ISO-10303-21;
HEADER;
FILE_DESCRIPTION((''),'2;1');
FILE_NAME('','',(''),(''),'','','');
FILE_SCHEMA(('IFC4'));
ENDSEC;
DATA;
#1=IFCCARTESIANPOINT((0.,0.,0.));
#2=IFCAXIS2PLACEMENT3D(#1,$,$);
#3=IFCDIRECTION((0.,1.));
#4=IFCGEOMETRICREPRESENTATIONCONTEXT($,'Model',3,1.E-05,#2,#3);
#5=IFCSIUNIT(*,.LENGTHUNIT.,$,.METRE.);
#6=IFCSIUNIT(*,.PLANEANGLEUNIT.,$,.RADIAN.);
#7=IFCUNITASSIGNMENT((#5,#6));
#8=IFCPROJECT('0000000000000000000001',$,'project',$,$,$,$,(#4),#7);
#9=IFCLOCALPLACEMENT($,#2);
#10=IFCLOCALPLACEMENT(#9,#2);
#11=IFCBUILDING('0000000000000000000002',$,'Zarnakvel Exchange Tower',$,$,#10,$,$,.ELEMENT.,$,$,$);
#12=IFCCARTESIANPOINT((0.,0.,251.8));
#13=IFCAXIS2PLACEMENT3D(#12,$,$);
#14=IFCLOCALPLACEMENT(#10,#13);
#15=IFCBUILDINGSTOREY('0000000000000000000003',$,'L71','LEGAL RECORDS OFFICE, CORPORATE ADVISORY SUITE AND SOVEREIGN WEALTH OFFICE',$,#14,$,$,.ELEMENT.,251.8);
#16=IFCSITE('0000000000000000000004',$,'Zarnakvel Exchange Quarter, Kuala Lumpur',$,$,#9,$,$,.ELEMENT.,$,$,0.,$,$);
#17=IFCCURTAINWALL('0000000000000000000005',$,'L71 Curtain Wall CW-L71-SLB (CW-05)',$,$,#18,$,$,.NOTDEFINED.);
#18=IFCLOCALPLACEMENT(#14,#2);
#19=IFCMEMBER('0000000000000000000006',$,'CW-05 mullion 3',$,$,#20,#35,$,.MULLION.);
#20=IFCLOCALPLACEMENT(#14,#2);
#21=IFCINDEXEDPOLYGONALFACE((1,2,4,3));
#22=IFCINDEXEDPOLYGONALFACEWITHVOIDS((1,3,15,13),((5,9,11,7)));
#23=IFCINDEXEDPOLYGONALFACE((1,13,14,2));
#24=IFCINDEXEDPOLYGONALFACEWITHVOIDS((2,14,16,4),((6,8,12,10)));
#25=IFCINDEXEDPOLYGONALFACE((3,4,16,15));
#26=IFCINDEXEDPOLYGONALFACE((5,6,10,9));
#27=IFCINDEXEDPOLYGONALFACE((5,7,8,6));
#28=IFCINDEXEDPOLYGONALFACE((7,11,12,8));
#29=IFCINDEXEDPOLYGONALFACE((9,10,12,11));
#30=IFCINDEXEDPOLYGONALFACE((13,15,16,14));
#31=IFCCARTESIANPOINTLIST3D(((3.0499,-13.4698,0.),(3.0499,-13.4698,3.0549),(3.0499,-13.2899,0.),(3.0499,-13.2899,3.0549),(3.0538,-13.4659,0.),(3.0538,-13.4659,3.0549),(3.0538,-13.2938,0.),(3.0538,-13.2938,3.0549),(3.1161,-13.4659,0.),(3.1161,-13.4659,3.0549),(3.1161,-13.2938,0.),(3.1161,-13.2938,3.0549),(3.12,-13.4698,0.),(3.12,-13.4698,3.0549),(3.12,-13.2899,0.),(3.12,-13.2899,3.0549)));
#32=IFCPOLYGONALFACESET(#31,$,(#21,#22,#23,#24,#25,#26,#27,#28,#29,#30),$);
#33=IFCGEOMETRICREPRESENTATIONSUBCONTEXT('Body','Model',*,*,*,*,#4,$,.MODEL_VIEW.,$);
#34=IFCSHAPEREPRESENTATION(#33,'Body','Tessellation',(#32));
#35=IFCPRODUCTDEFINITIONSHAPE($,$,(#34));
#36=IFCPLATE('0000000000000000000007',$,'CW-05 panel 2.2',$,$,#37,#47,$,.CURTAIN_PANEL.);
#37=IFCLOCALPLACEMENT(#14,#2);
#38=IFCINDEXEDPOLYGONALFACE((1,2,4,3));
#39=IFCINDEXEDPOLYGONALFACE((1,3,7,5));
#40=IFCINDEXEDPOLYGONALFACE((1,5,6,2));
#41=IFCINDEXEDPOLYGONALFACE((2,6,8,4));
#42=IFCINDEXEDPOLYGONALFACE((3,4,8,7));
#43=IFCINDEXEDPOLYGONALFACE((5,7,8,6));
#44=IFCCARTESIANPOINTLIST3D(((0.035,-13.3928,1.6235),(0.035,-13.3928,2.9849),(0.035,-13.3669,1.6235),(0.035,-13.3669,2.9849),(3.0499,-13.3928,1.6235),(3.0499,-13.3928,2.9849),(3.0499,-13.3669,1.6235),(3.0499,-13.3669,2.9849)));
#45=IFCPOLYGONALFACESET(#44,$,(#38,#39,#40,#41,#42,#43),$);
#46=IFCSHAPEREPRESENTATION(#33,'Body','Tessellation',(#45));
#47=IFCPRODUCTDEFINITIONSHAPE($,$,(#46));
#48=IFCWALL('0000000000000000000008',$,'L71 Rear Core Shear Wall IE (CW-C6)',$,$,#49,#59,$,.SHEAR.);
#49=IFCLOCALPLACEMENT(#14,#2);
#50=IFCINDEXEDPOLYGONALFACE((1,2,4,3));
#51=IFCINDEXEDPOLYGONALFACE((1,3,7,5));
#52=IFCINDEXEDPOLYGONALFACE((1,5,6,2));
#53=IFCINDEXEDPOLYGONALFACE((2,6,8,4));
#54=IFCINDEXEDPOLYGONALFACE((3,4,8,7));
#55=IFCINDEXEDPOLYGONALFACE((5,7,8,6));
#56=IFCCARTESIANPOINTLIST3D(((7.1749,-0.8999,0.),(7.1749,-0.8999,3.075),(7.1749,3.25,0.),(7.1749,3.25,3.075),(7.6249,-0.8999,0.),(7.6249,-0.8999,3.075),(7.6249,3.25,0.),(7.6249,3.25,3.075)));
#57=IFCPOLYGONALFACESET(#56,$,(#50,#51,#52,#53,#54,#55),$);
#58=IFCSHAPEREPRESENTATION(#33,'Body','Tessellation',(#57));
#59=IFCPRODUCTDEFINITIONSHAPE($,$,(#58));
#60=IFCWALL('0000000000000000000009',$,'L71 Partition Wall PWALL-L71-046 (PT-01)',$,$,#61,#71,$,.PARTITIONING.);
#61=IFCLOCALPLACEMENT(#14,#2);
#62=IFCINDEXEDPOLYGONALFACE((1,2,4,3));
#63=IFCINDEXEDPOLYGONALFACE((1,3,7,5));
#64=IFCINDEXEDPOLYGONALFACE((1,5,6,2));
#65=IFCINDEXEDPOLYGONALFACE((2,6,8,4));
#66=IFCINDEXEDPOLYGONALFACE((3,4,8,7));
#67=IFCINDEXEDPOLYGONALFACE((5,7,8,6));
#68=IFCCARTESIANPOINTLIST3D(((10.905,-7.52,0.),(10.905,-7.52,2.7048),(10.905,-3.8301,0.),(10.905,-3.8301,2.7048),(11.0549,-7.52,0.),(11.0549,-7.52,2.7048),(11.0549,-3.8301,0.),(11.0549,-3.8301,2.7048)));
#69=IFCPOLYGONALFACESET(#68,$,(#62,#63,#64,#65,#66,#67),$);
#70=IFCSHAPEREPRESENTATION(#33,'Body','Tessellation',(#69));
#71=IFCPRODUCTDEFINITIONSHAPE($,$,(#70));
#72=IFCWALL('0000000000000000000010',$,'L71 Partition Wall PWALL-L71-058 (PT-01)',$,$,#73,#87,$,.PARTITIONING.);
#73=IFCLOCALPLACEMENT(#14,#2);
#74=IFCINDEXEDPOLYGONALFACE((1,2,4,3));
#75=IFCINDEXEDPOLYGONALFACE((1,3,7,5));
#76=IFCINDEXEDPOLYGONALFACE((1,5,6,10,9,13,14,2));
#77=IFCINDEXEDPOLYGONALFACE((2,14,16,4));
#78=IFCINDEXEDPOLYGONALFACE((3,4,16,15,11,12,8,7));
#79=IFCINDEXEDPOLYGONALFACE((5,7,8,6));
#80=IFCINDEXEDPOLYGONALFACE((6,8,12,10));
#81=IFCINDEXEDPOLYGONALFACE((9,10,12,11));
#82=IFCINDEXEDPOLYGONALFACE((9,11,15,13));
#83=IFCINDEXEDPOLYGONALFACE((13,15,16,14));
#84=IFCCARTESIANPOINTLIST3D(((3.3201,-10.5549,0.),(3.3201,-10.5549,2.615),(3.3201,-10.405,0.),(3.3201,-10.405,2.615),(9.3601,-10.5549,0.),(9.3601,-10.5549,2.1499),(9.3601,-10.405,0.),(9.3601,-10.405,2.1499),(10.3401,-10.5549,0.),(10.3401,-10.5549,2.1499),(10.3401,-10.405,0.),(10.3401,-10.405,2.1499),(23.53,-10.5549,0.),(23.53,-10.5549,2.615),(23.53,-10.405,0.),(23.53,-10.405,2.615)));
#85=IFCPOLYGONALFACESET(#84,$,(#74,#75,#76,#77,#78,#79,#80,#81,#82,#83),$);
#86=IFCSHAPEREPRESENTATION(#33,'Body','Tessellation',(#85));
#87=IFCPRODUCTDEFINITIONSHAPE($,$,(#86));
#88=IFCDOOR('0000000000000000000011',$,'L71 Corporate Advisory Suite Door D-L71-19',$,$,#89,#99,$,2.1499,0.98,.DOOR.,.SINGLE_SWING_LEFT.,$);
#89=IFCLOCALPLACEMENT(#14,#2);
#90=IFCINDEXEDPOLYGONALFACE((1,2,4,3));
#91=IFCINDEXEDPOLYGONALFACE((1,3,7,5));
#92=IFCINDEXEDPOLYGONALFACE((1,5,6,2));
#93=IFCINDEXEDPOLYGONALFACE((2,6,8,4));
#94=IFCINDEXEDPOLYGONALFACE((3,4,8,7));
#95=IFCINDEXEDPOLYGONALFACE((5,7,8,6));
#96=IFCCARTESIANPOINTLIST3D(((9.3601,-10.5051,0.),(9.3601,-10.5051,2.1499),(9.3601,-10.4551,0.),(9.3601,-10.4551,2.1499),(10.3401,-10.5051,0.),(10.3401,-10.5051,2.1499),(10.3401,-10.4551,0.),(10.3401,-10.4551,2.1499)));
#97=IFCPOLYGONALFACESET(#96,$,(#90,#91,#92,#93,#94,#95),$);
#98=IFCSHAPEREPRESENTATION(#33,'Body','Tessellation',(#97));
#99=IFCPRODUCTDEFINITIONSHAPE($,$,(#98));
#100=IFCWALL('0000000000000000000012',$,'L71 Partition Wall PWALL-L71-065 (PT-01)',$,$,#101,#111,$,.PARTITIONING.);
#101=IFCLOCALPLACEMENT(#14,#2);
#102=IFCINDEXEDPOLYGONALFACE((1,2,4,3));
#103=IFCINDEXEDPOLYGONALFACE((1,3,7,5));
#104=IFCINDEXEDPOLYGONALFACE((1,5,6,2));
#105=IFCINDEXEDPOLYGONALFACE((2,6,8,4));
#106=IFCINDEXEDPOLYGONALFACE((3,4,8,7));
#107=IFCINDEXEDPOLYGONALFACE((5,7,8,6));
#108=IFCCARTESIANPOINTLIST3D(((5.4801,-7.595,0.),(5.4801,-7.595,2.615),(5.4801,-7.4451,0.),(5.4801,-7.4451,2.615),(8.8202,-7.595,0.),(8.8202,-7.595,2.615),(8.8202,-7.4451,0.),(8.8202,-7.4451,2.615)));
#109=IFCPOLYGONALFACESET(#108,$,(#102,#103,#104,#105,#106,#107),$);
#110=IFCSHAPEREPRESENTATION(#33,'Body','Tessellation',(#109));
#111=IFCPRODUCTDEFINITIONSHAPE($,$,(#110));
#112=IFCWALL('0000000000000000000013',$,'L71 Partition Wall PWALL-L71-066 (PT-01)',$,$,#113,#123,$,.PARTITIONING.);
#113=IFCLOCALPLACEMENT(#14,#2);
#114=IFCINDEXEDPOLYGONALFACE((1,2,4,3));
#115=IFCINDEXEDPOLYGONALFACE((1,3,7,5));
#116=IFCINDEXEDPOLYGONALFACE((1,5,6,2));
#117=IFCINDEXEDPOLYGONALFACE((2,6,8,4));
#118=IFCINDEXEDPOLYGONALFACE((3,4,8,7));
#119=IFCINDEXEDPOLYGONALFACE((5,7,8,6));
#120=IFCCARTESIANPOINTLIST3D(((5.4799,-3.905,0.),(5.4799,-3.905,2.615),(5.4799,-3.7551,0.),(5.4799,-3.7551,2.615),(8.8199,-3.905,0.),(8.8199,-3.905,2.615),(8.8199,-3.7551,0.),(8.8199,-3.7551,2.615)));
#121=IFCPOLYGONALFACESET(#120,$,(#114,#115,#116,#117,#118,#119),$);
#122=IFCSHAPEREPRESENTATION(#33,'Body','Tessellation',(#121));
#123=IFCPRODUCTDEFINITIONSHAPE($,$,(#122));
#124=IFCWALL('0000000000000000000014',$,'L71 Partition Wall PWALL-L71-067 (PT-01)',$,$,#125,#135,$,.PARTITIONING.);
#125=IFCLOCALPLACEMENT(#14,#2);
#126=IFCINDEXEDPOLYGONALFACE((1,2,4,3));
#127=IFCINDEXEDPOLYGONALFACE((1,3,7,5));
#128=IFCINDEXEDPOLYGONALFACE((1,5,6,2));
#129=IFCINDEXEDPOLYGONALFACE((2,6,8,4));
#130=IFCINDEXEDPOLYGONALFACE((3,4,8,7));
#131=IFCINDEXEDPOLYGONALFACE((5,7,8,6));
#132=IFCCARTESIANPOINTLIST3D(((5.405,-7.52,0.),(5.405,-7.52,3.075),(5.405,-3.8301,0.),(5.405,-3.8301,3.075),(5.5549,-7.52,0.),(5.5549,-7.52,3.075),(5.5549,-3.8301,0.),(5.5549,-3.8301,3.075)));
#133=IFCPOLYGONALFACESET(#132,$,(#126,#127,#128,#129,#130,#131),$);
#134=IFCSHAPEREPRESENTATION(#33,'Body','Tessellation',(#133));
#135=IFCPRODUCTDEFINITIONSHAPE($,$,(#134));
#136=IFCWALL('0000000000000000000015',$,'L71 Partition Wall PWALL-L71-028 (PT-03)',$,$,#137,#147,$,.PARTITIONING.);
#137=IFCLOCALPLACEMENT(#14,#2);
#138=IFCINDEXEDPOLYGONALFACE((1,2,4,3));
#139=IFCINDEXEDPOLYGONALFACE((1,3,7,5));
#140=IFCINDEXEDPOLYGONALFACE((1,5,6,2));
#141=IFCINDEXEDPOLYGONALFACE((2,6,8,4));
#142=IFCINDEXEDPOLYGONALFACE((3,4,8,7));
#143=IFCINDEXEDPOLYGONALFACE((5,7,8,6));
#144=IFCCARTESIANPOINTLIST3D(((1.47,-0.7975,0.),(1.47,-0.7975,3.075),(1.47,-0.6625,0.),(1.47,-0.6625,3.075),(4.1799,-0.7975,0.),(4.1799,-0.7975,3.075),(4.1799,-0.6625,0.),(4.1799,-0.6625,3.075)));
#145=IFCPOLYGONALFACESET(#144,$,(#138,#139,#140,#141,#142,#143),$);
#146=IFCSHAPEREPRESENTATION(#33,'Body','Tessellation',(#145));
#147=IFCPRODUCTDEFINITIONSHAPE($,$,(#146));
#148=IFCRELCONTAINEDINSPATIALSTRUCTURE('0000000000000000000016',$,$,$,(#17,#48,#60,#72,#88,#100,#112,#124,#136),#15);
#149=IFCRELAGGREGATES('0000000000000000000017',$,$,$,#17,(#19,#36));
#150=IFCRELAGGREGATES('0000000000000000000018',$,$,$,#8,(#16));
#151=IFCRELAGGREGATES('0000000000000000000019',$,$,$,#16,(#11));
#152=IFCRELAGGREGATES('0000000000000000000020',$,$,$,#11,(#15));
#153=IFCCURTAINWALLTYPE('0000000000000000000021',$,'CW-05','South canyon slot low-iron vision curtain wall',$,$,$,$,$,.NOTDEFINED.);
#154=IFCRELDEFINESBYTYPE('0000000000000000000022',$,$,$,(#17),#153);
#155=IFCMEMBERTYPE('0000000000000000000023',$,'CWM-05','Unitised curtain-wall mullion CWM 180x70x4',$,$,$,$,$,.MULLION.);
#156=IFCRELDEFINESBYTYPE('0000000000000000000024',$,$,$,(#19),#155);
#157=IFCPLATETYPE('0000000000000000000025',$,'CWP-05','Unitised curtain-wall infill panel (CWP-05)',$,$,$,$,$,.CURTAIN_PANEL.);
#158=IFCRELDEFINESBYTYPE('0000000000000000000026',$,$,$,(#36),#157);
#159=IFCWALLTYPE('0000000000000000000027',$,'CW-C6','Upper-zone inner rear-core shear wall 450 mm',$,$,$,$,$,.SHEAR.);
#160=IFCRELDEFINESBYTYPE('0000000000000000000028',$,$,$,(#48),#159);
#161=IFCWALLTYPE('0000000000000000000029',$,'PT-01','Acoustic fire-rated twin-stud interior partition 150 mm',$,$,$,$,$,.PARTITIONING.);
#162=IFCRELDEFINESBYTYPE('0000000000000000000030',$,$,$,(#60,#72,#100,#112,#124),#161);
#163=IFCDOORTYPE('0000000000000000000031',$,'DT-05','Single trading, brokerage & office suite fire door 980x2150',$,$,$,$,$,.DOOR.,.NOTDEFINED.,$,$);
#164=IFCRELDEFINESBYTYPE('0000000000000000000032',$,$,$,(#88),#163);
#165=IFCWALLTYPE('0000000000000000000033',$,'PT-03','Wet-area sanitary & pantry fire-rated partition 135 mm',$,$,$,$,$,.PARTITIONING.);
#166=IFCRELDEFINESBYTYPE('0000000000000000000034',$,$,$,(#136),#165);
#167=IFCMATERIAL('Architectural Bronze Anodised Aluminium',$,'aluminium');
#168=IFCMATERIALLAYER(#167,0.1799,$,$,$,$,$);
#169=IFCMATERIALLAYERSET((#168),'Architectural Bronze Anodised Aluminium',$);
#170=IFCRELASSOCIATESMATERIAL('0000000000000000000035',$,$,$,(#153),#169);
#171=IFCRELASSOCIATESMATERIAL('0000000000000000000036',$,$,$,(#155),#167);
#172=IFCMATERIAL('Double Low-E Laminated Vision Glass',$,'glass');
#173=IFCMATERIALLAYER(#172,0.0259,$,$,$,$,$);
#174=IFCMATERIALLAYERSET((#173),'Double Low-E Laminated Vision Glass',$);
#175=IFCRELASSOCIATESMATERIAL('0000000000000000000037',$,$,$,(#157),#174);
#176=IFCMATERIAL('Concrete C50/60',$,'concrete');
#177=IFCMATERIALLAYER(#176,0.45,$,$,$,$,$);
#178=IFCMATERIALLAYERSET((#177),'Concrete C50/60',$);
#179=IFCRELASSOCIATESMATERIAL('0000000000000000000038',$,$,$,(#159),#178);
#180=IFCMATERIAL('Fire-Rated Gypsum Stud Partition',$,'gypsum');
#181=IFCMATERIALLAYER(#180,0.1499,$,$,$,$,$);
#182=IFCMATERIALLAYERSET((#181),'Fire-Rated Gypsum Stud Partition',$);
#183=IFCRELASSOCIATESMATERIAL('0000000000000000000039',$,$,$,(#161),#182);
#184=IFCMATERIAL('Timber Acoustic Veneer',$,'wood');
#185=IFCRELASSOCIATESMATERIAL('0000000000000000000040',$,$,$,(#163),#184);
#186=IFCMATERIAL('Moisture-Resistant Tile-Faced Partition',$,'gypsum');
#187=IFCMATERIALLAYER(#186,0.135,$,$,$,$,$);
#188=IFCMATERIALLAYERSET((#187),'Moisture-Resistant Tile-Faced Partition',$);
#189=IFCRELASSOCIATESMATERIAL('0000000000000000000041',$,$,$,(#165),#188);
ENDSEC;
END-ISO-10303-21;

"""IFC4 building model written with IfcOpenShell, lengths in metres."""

from ifc_helpers import new_model, si_unit, direction, frame, frame_2d, origin, origin_2d, place, context, subcontext, project, spatial, rectangle, hollow_rectangle, extrude, source, transform, mapped, material, layer, layer_set, material_profile, profile_set, type_object, element, fill, aggregate, save


model = new_model("IFC4")

# Units and contexts
model_context = context("Model", 3, precision=1e-05, world=origin(), true_north=direction((0.0, 1.0)))
body_context = subcontext(model_context, "Body", "Model", "MODEL_VIEW")
ifc_project = project(units=[si_unit("LENGTHUNIT", "METRE"), si_unit("PLANEANGLEUNIT", "RADIAN")], contexts=[model_context])

# Site, building, storey
site_placement = place(None, origin())
site = spatial("IfcSite", under=ifc_project, at=site_placement, Name="Zarnakvel Exchange Quarter, Kuala Lumpur", CompositionType="ELEMENT", RefElevation=0.0)
building_placement = place(site_placement, origin())
building = spatial("IfcBuilding", under=site, at=building_placement, Name="Zarnakvel Exchange Tower", CompositionType="ELEMENT")
storey_placement = place(building_placement, frame((0.0, 0.0, 251.8)))
storey = spatial("IfcBuildingStorey", under=building, at=storey_placement, Name="L71", Description="LEGAL RECORDS OFFICE, CORPORATE ADVISORY SUITE AND SOVEREIGN WEALTH OFFICE", CompositionType="ELEMENT", Elevation=251.8)

# Shared definitions
ifc_material_1 = material(Name="Concrete C50/60", Category="concrete")

# Curtain wall, member, plate
ifc_material_2 = material(Name="Architectural Bronze Anodised Aluminium", Category="aluminium")
ifc_layer_1 = layer(ifc_material_2, 0.1799)
ifc_layer_set_1 = layer_set([ifc_layer_1], Name="Architectural Bronze Anodised Aluminium")
curtain_wall_type = type_object("IfcCurtainWallType", Name="CW-05", Description="South canyon slot low-iron vision curtain wall", PredefinedType="NOTDEFINED", material=ifc_layer_set_1)
curtain_wall_placement = place(storey_placement, origin())
curtain_wall = element("IfcCurtainWall", 1, at=curtain_wall_placement, inside=storey, type_object=curtain_wall_type, Name="L71 Curtain Wall CW-L71-SLB (CW-05)", PredefinedType="NOTDEFINED")
ifc_material_profile_1 = material_profile(ifc_material_2, hollow_rectangle(XDim=0.1799, YDim=0.0701, WallThickness=0.0039, at=origin_2d()))
ifc_profile_set_1 = profile_set([ifc_material_profile_1], Name="Architectural Bronze Anodised Aluminium")
member_type = type_object("IfcMemberType", Name="CWM-05", Description="Unitised curtain-wall mullion CWM 180x70x4", PredefinedType="MULLION", material=ifc_profile_set_1)
shared_shape_1 = source(origin(), body_context, "Body", "SweptSolid", [
    extrude(hollow_rectangle(XDim=0.1799, YDim=0.0701, WallThickness=0.0039, at=origin_2d()), origin(), (0.0, 0.0, 1.0), 3.0549),
])
member_placement = place(storey_placement, frame((3.085, -13.3799, 0.0), z_axis=(0.0, 0.0, 1.0), x_axis=(0.0, 1.0, 0.0)))
member = element("IfcMember", 2, at=member_placement, type_object=member_type, Name="CW-05 mullion 3", PredefinedType="MULLION", context=body_context, shape_type="MappedRepresentation", body=[
    mapped(shared_shape_1, transform((0.0, 0.0, 0.0), x_axis=(1.0, 0.0, 0.0), y_axis=(0.0, 1.0, 0.0), z_axis=(0.0, 0.0, 1.0), scale=1.0)),
])
ifc_material_3 = material(Name="Double Low-E Laminated Vision Glass", Category="glass")
ifc_layer_2 = layer(ifc_material_3, 0.0259)
ifc_layer_set_2 = layer_set([ifc_layer_2], Name="Double Low-E Laminated Vision Glass")
plate_type = type_object("IfcPlateType", Name="CWP-05", Description="Unitised curtain-wall infill panel (CWP-05)", PredefinedType="CURTAIN_PANEL", material=ifc_layer_set_2)
shared_shape_2 = source(origin(), body_context, "Body", "SweptSolid", [
    extrude(rectangle(XDim=3.0149, YDim=0.0259, at=origin_2d()), origin(), (0.0, 0.0, 1.0), 1.3613),
])
plate_placement = place(storey_placement, frame((1.5425, -13.3799, 1.6235), z_axis=(0.0, 0.0, 1.0), x_axis=(1.0, 0.0, 0.0)))
plate = element("IfcPlate", 3, at=plate_placement, type_object=plate_type, Name="CW-05 panel 2.2", PredefinedType="CURTAIN_PANEL", context=body_context, shape_type="MappedRepresentation", body=[
    mapped(shared_shape_2, transform((0.0, 0.0, 0.0), x_axis=(1.0, 0.0, 0.0), y_axis=(0.0, 1.0, 0.0), z_axis=(0.0, 0.0, 1.0), scale=1.0)),
])
aggregate(curtain_wall, [member, plate])

# Wall
ifc_layer_3 = layer(ifc_material_1, 0.45)
ifc_layer_set_3 = layer_set([ifc_layer_3], Name="Concrete C50/60")
wall_type_1 = type_object("IfcWallType", Name="CW-C6", Description="Upper-zone inner rear-core shear wall 450 mm", PredefinedType="SHEAR", material=ifc_layer_set_3)
wall_1_placement = place(storey_placement, frame((7.3999, -0.8999, 0.0), z_axis=(0.0, 0.0, 1.0), x_axis=(0.0, 1.0, 0.0)))
element("IfcWall", 4, at=wall_1_placement, inside=storey, type_object=wall_type_1, Name="L71 Rear Core Shear Wall IE (CW-C6)", PredefinedType="SHEAR", context=body_context, shape_type="SweptSolid", body=[
    extrude(rectangle(XDim=4.1499, YDim=0.45, at=frame_2d((2.075, 0.0))), origin(), (0.0, 0.0, 1.0), 3.075),
])

# Shared definitions
ifc_material_4 = material(Name="Fire-Rated Gypsum Stud Partition", Category="gypsum")
ifc_layer_4 = layer(ifc_material_4, 0.1499)
ifc_layer_set_4 = layer_set([ifc_layer_4], Name="Fire-Rated Gypsum Stud Partition")
wall_type_2 = type_object("IfcWallType", Name="PT-01", Description="Acoustic fire-rated twin-stud interior partition 150 mm", PredefinedType="PARTITIONING", material=ifc_layer_set_4)
ifc_material_5 = material(Name="Timber Acoustic Veneer", Category="wood")
door_type_1 = type_object("IfcDoorType", Name="DT-05", Description="Single trading, brokerage & office suite fire door 980x2150", OperationType="NOTDEFINED", PredefinedType="DOOR", material=ifc_material_5)
shared_shape_3 = source(origin(), body_context, "Body", "SweptSolid", [
    extrude(rectangle(XDim=0.98, YDim=2.1499, at=frame_2d((0.49, 1.075))), frame((0.0, 0.0249, 0.0), z_axis=(0.0, -1.0, 0.0), x_axis=(1.0, 0.0, 0.0)), (0.0, 0.0, 1.0), 0.05),
])

# Wall
wall_2_placement = place(storey_placement, frame((10.98, -7.52, 0.0), z_axis=(0.0, 0.0, 1.0), x_axis=(0.0, 1.0, 0.0)))
element("IfcWall", 5, at=wall_2_placement, inside=storey, type_object=wall_type_2, Name="L71 Partition Wall PWALL-L71-046 (PT-01)", PredefinedType="PARTITIONING", context=body_context, shape_type="SweptSolid", body=[
    extrude(rectangle(XDim=3.6899, YDim=0.1499, at=frame_2d((1.845, 0.0))), origin(), (0.0, 0.0, 1.0), 2.7048),
])

# Wall, opening, door
wall_3_placement = place(storey_placement, frame((3.3201, -10.48, 0.0), z_axis=(0.0, 0.0, 1.0), x_axis=(1.0, 0.0, 0.0)))
wall_3 = element("IfcWall", 6, at=wall_3_placement, inside=storey, type_object=wall_type_2, Name="L71 Partition Wall PWALL-L71-058 (PT-01)", PredefinedType="PARTITIONING", context=body_context, shape_type="SweptSolid", body=[
    extrude(rectangle(XDim=20.21, YDim=0.1499, at=frame_2d((10.105, 0.0))), origin(), (0.0, 0.0, 1.0), 2.615),
])
opening_1_placement = place(wall_3_placement, frame((6.04, 0.0, 0.0)))
opening_1 = element("IfcOpeningElement", 7, at=opening_1_placement, cuts=wall_3, PredefinedType="OPENING", context=body_context, shape_type="SweptSolid", body=[
    extrude(rectangle(XDim=0.98, YDim=2.1499, at=frame_2d((0.49, 1.075))), frame((0.0, 0.085, 0.0), z_axis=(0.0, -1.0, 0.0), x_axis=(1.0, 0.0, 0.0)), (0.0, 0.0, 1.0), 0.1699),
])
door_1_placement = place(opening_1_placement, origin())
door_1 = element("IfcDoor", 8, at=door_1_placement, inside=storey, type_object=door_type_1, Name="L71 Corporate Advisory Suite Door D-L71-19", OperationType="SINGLE_SWING_LEFT", OverallHeight=2.1499, OverallWidth=0.98, PredefinedType="DOOR", context=body_context, shape_type="MappedRepresentation", body=[
    mapped(shared_shape_3, transform((0.0, 0.0, 0.0), x_axis=(1.0, 0.0, 0.0), y_axis=(0.0, 1.0, 0.0), z_axis=(0.0, 0.0, 1.0), scale=1.0)),
])
fill(opening_1, door_1)

# Walls
for number, where, z_axis, x_axis, name in (
    (9, (8.8201, -7.52, 0.0), (0.0, 0.0, 1.0), (-1.0, 0.0, 0.0), "L71 Partition Wall PWALL-L71-065 (PT-01)"),
    (10, (5.48, -3.8301, 0.0), (0.0, 0.0, 1.0), (1.0, 0.0, 0.0), "L71 Partition Wall PWALL-L71-066 (PT-01)"),
):
    element("IfcWall", number, at=place(storey_placement, frame(where, z_axis=z_axis, x_axis=x_axis)), inside=storey, type_object=wall_type_2, Name=name, PredefinedType="PARTITIONING", context=body_context, shape_type="SweptSolid", body=[
        extrude(rectangle(XDim=3.3401, YDim=0.1499, at=frame_2d((1.6699, 0.0))), origin(), (0.0, 0.0, 1.0), 2.615),
    ])
wall_4_placement = place(storey_placement, frame((5.48, -7.52, 0.0), z_axis=(0.0, 0.0, 1.0), x_axis=(0.0, 1.0, 0.0)))
element("IfcWall", 11, at=wall_4_placement, inside=storey, type_object=wall_type_2, Name="L71 Partition Wall PWALL-L71-067 (PT-01)", PredefinedType="PARTITIONING", context=body_context, shape_type="SweptSolid", body=[
    extrude(rectangle(XDim=3.6899, YDim=0.1499, at=frame_2d((1.845, 0.0))), origin(), (0.0, 0.0, 1.0), 3.075),
])

# Wall
ifc_material_6 = material(Name="Moisture-Resistant Tile-Faced Partition", Category="gypsum")
ifc_layer_5 = layer(ifc_material_6, 0.135)
ifc_layer_set_5 = layer_set([ifc_layer_5], Name="Moisture-Resistant Tile-Faced Partition")
wall_type_3 = type_object("IfcWallType", Name="PT-03", Description="Wet-area sanitary & pantry fire-rated partition 135 mm", PredefinedType="PARTITIONING", material=ifc_layer_set_5)
wall_5_placement = place(storey_placement, frame((4.1799, -0.73, 0.0), z_axis=(0.0, 0.0, 1.0), x_axis=(-1.0, 0.0, 0.0)))
element("IfcWall", 12, at=wall_5_placement, inside=storey, type_object=wall_type_3, Name="L71 Partition Wall PWALL-L71-028 (PT-03)", PredefinedType="PARTITIONING", context=body_context, shape_type="SweptSolid", body=[
    extrude(rectangle(XDim=2.71, YDim=0.135, at=frame_2d((1.355, 0.0))), origin(), (0.0, 0.0, 1.0), 3.075),
])

save(model, "model.ifc")
